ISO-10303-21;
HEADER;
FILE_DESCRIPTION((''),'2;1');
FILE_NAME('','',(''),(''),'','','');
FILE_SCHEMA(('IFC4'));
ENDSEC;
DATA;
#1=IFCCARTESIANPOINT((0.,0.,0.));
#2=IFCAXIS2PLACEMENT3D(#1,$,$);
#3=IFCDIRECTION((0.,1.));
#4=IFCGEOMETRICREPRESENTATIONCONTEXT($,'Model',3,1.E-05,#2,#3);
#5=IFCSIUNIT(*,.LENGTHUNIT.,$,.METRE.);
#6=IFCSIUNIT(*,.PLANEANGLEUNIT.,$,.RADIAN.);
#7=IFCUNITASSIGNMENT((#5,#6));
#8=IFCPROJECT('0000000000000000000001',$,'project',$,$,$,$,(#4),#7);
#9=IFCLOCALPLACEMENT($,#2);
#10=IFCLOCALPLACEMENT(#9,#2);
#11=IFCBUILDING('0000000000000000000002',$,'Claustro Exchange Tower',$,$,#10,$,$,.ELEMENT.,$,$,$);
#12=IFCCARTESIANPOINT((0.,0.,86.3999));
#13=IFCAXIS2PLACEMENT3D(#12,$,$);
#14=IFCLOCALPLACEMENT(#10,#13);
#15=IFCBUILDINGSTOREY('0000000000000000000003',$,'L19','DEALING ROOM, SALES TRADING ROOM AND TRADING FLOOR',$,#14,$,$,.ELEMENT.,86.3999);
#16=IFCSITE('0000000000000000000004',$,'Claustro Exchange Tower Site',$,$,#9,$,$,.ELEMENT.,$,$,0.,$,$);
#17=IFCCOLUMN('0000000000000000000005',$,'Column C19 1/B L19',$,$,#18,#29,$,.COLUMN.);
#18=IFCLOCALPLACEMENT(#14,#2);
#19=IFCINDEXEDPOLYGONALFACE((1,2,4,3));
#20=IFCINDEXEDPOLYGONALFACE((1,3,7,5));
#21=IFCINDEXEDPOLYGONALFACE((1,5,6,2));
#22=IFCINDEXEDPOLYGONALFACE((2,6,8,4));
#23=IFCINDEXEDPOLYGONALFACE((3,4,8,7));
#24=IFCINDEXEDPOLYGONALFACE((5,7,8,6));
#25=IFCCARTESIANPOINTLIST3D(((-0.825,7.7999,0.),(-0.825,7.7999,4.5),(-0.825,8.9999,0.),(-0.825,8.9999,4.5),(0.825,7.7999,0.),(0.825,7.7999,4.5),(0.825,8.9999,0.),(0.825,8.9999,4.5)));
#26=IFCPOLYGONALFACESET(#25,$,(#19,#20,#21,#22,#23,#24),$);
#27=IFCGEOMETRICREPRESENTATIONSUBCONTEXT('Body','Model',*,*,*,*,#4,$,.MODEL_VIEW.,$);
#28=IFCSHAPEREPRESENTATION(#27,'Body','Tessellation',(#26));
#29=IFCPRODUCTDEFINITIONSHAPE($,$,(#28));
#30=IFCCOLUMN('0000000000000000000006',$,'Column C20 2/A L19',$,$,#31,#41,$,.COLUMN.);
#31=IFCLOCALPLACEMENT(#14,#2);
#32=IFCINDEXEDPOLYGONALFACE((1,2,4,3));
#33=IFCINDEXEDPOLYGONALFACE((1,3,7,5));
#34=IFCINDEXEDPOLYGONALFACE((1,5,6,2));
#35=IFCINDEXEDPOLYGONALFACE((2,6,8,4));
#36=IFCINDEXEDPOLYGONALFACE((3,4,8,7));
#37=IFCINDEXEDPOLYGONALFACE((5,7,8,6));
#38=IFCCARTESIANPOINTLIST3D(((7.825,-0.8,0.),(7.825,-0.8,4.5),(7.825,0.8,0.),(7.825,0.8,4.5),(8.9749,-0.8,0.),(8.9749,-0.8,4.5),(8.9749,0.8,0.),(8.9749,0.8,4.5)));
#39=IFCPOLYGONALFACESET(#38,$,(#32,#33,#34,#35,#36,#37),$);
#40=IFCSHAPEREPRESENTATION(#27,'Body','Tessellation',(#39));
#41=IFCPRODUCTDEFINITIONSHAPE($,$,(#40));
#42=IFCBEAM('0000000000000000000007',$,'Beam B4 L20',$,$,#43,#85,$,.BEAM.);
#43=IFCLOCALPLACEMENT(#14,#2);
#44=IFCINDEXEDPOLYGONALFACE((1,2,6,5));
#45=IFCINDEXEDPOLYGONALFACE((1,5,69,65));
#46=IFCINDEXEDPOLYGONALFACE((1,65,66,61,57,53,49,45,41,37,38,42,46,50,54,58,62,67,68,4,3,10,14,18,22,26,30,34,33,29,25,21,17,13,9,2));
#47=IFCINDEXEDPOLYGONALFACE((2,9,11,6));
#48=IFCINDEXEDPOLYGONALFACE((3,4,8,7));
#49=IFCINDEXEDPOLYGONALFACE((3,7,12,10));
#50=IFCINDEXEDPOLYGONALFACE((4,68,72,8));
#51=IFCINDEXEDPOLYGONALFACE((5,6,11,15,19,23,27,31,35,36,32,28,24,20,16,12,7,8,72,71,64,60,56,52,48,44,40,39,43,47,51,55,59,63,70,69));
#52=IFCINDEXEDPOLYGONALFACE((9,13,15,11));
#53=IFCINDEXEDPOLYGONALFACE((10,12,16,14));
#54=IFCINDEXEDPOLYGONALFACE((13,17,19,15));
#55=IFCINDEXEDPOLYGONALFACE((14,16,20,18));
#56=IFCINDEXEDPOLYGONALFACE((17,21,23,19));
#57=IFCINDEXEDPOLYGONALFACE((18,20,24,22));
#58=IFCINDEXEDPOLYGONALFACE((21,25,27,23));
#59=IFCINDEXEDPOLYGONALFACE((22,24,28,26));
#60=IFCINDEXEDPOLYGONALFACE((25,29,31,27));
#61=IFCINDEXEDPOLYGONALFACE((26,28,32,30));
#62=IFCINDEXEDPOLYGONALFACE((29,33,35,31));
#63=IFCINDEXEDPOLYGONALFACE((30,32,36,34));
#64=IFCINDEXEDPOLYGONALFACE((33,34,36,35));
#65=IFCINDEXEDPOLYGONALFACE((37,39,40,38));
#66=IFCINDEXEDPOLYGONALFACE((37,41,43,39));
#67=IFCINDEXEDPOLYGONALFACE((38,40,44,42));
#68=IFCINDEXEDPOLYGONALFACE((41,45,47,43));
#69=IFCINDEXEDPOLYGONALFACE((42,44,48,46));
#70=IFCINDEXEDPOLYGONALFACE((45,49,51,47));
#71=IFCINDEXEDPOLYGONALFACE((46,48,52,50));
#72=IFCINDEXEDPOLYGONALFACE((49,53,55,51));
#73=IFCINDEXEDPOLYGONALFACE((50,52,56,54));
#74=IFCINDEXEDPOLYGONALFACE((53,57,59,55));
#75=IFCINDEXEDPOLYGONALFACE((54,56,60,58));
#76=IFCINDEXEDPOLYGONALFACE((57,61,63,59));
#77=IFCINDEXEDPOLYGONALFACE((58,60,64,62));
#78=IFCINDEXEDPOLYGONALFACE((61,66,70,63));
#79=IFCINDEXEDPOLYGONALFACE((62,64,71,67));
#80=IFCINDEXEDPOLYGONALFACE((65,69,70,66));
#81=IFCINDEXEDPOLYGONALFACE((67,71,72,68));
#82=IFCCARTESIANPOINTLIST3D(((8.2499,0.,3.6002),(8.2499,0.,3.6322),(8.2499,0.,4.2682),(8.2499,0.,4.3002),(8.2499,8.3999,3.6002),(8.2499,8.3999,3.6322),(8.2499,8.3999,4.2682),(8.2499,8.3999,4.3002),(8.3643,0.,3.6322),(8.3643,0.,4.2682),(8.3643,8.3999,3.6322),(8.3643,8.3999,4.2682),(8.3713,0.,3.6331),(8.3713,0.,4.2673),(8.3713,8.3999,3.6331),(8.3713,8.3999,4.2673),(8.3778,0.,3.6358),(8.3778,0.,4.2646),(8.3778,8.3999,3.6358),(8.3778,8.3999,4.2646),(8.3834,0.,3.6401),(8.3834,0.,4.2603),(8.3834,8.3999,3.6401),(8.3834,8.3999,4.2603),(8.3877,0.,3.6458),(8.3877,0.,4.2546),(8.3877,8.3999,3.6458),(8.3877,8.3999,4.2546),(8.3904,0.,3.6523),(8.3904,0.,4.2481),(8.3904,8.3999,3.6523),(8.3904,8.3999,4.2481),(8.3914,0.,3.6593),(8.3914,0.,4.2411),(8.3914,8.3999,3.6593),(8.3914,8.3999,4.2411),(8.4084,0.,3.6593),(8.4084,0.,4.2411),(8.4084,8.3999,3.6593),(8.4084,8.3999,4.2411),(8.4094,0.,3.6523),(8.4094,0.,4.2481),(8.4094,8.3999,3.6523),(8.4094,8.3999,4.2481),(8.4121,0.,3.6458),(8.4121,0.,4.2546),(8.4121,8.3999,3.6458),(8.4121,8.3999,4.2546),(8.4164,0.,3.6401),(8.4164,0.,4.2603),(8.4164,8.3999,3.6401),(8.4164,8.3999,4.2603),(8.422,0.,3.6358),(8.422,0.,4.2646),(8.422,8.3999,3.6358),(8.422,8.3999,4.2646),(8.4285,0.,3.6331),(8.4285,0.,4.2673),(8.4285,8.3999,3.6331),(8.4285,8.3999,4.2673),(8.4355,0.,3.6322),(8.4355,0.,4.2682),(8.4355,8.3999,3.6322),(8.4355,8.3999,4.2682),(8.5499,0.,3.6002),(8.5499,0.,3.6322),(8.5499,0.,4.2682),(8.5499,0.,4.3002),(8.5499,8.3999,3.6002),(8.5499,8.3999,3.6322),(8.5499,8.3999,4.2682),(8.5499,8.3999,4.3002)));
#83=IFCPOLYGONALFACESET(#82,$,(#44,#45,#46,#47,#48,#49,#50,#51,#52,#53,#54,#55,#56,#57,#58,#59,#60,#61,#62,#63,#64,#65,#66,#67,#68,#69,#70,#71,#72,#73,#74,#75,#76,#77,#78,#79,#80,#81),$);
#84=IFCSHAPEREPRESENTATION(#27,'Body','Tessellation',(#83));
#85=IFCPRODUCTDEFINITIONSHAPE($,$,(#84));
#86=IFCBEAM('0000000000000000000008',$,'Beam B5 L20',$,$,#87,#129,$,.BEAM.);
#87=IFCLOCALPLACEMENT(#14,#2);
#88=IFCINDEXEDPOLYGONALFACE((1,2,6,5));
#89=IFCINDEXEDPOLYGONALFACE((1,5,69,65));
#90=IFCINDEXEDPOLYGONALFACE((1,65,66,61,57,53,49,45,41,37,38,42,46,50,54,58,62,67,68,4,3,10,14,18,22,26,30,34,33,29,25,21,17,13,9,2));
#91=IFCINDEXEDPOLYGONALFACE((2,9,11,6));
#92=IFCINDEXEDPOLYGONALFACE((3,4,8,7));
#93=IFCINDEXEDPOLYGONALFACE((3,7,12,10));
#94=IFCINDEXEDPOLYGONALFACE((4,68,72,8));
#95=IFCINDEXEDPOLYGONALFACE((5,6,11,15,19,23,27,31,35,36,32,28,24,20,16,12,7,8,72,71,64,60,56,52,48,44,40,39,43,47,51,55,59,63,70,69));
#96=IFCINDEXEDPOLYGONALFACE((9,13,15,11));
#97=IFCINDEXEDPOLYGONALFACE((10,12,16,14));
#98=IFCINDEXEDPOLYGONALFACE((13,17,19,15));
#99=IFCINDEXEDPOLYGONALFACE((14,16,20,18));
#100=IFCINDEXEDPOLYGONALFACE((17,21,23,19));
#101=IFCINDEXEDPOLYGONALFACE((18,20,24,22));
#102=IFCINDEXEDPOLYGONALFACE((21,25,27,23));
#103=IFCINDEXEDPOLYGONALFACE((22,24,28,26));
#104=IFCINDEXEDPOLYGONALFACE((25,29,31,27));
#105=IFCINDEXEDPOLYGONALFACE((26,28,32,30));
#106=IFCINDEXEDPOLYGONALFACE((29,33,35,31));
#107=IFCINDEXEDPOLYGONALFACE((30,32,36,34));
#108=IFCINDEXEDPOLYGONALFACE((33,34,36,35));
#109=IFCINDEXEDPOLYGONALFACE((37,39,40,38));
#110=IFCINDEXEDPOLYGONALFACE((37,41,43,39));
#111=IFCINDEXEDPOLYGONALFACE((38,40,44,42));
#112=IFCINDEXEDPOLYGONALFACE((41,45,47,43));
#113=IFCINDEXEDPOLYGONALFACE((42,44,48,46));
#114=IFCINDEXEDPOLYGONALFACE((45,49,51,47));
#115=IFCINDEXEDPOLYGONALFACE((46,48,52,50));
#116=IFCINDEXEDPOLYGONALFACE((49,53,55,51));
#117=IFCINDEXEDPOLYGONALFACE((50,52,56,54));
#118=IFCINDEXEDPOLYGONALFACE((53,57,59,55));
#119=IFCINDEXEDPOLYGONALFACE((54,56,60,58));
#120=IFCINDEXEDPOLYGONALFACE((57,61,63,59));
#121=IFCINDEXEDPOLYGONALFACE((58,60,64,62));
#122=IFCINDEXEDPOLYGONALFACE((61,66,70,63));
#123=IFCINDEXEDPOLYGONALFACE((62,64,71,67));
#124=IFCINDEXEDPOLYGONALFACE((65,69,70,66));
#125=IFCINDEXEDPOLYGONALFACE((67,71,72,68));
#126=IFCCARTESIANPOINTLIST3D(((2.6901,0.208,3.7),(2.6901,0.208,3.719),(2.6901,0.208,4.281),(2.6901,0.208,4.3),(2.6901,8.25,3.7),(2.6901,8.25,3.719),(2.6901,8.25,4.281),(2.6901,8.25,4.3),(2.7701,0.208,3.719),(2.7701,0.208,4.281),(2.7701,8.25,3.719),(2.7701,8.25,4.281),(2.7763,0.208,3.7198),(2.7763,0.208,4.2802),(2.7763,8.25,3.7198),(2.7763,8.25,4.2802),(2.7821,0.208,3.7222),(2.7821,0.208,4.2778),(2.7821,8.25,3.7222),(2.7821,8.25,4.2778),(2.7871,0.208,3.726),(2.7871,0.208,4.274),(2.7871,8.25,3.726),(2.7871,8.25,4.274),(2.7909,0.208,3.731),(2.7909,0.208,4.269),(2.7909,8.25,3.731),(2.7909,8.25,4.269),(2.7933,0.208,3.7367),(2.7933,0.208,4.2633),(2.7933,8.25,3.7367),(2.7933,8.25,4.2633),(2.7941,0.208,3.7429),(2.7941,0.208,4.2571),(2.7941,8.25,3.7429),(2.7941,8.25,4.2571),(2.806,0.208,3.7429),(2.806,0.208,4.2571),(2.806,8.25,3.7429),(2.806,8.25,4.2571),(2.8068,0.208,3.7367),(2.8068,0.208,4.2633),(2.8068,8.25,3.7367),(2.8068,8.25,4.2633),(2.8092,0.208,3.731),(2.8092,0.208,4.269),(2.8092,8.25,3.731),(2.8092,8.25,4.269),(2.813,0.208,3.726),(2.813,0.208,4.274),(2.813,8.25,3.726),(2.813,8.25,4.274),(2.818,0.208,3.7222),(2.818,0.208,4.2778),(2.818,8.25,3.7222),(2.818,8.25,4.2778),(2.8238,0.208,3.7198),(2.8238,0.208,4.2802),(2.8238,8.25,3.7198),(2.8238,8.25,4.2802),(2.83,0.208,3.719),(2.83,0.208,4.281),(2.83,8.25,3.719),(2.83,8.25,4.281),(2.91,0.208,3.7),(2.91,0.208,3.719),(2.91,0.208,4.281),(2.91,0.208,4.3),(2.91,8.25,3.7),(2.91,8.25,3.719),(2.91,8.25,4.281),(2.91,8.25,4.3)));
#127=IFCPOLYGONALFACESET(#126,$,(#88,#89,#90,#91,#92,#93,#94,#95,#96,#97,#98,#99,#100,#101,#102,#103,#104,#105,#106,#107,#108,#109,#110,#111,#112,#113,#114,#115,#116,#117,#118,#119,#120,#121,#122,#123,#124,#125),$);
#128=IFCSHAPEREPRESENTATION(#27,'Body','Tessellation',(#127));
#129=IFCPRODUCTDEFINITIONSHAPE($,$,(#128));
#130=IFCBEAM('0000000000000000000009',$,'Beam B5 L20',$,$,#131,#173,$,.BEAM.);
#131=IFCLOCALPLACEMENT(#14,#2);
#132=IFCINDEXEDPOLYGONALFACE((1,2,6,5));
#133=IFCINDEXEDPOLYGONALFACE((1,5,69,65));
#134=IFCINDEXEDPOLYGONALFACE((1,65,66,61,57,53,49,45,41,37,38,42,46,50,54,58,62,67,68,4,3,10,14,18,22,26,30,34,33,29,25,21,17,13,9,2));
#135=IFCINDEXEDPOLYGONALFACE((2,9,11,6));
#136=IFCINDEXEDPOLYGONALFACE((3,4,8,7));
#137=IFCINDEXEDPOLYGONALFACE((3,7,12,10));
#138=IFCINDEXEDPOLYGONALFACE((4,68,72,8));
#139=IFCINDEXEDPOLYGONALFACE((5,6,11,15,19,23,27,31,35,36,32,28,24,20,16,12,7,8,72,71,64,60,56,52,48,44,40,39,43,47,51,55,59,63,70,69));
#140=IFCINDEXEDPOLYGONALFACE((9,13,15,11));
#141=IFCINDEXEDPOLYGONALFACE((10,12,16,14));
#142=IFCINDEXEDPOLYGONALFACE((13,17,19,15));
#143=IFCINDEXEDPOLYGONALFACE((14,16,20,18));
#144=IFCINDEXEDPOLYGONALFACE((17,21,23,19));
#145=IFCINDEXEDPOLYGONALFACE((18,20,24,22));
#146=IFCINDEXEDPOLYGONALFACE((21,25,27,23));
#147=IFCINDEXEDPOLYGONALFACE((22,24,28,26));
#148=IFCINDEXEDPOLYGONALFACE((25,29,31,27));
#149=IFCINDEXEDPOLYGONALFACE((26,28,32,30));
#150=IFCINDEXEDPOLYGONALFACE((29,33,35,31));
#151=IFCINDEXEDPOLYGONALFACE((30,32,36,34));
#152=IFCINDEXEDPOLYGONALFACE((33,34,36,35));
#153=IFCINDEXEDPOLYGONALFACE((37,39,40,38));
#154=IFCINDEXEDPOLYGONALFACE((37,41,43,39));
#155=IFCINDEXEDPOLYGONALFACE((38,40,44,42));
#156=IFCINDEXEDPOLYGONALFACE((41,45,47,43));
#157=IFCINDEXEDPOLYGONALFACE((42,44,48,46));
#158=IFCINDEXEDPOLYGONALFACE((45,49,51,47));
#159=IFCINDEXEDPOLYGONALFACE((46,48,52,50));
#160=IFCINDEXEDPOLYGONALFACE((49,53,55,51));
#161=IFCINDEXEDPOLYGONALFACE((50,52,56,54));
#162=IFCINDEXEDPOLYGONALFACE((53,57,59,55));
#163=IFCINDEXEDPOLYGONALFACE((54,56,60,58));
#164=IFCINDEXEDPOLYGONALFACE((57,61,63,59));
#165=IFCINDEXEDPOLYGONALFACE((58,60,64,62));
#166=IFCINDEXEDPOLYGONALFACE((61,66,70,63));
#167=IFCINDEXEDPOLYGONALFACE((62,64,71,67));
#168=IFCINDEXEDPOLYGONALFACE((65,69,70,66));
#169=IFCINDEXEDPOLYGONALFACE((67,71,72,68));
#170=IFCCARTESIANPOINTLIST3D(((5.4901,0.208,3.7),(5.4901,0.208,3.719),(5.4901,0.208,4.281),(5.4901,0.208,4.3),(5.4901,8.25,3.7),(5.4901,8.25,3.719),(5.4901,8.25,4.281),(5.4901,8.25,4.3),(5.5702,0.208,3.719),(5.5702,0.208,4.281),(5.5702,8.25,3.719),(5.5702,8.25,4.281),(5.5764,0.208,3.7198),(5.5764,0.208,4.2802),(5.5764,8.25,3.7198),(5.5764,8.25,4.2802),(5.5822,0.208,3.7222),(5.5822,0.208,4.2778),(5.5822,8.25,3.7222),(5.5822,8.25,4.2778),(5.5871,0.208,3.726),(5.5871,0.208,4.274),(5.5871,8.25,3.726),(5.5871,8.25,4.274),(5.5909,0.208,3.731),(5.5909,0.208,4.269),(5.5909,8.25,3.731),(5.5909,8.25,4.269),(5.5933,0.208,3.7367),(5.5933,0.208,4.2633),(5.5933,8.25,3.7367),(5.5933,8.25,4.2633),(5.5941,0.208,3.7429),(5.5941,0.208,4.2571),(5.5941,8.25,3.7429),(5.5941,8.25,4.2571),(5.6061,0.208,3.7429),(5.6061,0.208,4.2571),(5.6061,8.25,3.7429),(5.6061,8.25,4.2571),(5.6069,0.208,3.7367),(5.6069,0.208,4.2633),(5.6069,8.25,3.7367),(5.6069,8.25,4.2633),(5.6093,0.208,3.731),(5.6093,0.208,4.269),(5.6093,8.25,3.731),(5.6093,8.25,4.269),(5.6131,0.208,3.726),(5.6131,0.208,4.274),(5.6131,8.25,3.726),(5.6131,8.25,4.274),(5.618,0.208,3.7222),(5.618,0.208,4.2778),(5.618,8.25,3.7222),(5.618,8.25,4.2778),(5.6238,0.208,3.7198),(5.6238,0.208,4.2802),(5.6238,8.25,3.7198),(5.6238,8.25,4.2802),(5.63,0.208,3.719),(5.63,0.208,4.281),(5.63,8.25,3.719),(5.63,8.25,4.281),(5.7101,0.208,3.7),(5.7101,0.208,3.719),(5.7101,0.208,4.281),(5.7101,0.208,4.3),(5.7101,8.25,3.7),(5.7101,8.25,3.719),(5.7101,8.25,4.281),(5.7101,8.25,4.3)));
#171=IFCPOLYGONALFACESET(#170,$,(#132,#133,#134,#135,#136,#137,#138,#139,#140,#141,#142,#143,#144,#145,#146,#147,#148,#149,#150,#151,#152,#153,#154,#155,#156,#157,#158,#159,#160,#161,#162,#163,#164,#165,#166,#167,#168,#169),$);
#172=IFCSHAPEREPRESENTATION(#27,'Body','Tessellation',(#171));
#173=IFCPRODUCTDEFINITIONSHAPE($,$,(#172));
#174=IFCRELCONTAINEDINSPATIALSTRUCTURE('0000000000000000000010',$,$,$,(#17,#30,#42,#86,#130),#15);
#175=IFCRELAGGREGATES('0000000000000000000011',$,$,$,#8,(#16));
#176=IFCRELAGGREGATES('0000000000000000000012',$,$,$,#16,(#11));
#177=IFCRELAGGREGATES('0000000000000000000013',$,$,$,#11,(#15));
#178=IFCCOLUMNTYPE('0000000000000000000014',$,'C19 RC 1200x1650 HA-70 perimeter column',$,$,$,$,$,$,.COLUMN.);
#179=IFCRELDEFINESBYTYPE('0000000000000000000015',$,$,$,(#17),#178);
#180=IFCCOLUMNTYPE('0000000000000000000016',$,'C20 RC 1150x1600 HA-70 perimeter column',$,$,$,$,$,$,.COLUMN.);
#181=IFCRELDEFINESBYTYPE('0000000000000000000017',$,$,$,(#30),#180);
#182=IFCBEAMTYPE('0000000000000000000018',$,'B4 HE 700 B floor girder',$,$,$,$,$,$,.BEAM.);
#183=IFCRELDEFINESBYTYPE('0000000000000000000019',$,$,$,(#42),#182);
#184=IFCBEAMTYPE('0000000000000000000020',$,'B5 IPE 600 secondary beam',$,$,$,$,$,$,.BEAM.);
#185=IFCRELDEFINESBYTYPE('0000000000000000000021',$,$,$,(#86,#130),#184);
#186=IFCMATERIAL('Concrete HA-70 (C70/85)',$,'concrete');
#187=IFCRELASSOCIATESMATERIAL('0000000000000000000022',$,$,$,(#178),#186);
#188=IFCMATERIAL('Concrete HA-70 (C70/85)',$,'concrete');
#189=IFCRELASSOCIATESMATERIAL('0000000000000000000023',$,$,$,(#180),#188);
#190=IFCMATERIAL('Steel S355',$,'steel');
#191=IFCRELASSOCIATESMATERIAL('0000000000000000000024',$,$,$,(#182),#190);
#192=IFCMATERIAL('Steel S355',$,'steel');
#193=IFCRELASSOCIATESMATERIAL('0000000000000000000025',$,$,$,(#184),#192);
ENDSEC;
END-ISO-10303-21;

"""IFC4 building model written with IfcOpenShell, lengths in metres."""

from ifc_helpers import new_model, si_unit, direction, frame, origin, origin_2d, place, context, subcontext, project, spatial, rectangle, i_section, extrude, material, material_profile, profile_set, type_object, element, save


model = new_model("IFC4")

# Units and contexts
model_context = context("Model", 3, precision=1e-05, world=origin(), true_north=direction((0.0, 1.0)))
body_context = subcontext(model_context, "Body", "Model", "MODEL_VIEW")
ifc_project = project(units=[si_unit("LENGTHUNIT", "METRE"), si_unit("PLANEANGLEUNIT", "RADIAN")], contexts=[model_context])

# Site, building, storey
site_placement = place(None, origin())
site = spatial("IfcSite", under=ifc_project, at=site_placement, Name="Claustro Exchange Tower Site", CompositionType="ELEMENT", RefElevation=0.0)
building_placement = place(site_placement, origin())
building = spatial("IfcBuilding", under=site, at=building_placement, Name="Claustro Exchange Tower", CompositionType="ELEMENT")
storey_placement = place(building_placement, frame((0.0, 0.0, 86.3999)))
storey = spatial("IfcBuildingStorey", under=building, at=storey_placement, Name="L19", Description="DEALING ROOM, SALES TRADING ROOM AND TRADING FLOOR", CompositionType="ELEMENT", Elevation=86.3999)

# Columns
ifc_material_1 = material(Name="Concrete HA-70 (C70/85)", Category="concrete")
ifc_material_profile_1 = material_profile(ifc_material_1, rectangle(XDim=1.2, YDim=1.6499, at=origin_2d()), Name="RC 1200x1650")
ifc_profile_set_1 = profile_set([ifc_material_profile_1], Name="Concrete HA-70 (C70/85)")
column_type_1 = type_object("IfcColumnType", Name="C19 RC 1200x1650 HA-70 perimeter column", PredefinedType="COLUMN", material=ifc_profile_set_1)
column_1_placement = place(storey_placement, frame((0.0, 8.3999, 0.0), z_axis=(0.0, 0.0, 1.0), x_axis=(0.0, 1.0, 0.0)))
element("IfcColumn", 1, at=column_1_placement, inside=storey, type_object=column_type_1, Name="Column C19 1/B L19", PredefinedType="COLUMN", context=body_context, shape_type="SweptSolid", body=[
    extrude(rectangle(XDim=1.2, YDim=1.6499, at=origin_2d()), origin(), (0.0, 0.0, 1.0), 4.5),
])
ifc_material_2 = material(Name="Concrete HA-70 (C70/85)", Category="concrete")
ifc_material_profile_2 = material_profile(ifc_material_2, rectangle(XDim=1.1499, YDim=1.6001, at=origin_2d()), Name="RC 1150x1600")
ifc_profile_set_2 = profile_set([ifc_material_profile_2], Name="Concrete HA-70 (C70/85)")
column_type_2 = type_object("IfcColumnType", Name="C20 RC 1150x1600 HA-70 perimeter column", PredefinedType="COLUMN", material=ifc_profile_set_2)
column_2_placement = place(storey_placement, frame((8.3999, 0.0, 0.0), z_axis=(0.0, 0.0, 1.0), x_axis=(1.0, 0.0, 0.0)))
element("IfcColumn", 2, at=column_2_placement, inside=storey, type_object=column_type_2, Name="Column C20 2/A L19", PredefinedType="COLUMN", context=body_context, shape_type="SweptSolid", body=[
    extrude(rectangle(XDim=1.1499, YDim=1.6001, at=origin_2d()), origin(), (0.0, 0.0, 1.0), 4.5),
])

# Beams
ifc_material_3 = material(Name="Steel S355", Category="steel")
ifc_material_profile_3 = material_profile(ifc_material_3, i_section(OverallWidth=0.3, OverallDepth=0.7, WebThickness=0.0171, FlangeThickness=0.032, FilletRadius=0.0271, at=origin_2d()), Name="HE 700 B")
ifc_profile_set_3 = profile_set([ifc_material_profile_3], Name="Steel S355")
beam_type_1 = type_object("IfcBeamType", Name="B4 HE 700 B floor girder", PredefinedType="BEAM", material=ifc_profile_set_3)
beam_1_placement = place(storey_placement, frame((8.3999, 0.0, 3.9502), z_axis=(0.0, 1.0, 0.0), x_axis=(-1.0, 0.0, 0.0)))
element("IfcBeam", 3, at=beam_1_placement, inside=storey, type_object=beam_type_1, Name="Beam B4 L20", PredefinedType="BEAM", context=body_context, shape_type="SweptSolid", body=[
    extrude(i_section(OverallWidth=0.3, OverallDepth=0.7, WebThickness=0.0171, FlangeThickness=0.032, FilletRadius=0.0271, at=origin_2d()), origin(), (0.0, 0.0, 1.0), 8.3999),
])
ifc_material_4 = material(Name="Steel S355", Category="steel")
ifc_material_profile_4 = material_profile(ifc_material_4, i_section(OverallWidth=0.22, OverallDepth=0.6001, WebThickness=0.012, FlangeThickness=0.019, FilletRadius=0.0239, at=origin_2d()), Name="IPE 600")
ifc_profile_set_4 = profile_set([ifc_material_profile_4], Name="Steel S355")
beam_type_2 = type_object("IfcBeamType", Name="B5 IPE 600 secondary beam", PredefinedType="BEAM", material=ifc_profile_set_4)
for number, where, z_axis, x_axis, name in (
    (4, (2.8, 0.208, 4.0), (0.0, 1.0, 0.0), (-1.0, 0.0, 0.0), "Beam B5 L20"),
    (5, (5.6001, 0.208, 4.0), (0.0, 1.0, 0.0), (-1.0, 0.0, 0.0), "Beam B5 L20"),
):
    element("IfcBeam", number, at=place(storey_placement, frame(where, z_axis=z_axis, x_axis=x_axis)), inside=storey, type_object=beam_type_2, Name=name, PredefinedType="BEAM", context=body_context, shape_type="SweptSolid", body=[
        extrude(i_section(OverallWidth=0.22, OverallDepth=0.6001, WebThickness=0.012, FlangeThickness=0.019, FilletRadius=0.0239, at=origin_2d()), origin(), (0.0, 0.0, 1.0), 8.042),
    ])

save(model, "model.ifc")
